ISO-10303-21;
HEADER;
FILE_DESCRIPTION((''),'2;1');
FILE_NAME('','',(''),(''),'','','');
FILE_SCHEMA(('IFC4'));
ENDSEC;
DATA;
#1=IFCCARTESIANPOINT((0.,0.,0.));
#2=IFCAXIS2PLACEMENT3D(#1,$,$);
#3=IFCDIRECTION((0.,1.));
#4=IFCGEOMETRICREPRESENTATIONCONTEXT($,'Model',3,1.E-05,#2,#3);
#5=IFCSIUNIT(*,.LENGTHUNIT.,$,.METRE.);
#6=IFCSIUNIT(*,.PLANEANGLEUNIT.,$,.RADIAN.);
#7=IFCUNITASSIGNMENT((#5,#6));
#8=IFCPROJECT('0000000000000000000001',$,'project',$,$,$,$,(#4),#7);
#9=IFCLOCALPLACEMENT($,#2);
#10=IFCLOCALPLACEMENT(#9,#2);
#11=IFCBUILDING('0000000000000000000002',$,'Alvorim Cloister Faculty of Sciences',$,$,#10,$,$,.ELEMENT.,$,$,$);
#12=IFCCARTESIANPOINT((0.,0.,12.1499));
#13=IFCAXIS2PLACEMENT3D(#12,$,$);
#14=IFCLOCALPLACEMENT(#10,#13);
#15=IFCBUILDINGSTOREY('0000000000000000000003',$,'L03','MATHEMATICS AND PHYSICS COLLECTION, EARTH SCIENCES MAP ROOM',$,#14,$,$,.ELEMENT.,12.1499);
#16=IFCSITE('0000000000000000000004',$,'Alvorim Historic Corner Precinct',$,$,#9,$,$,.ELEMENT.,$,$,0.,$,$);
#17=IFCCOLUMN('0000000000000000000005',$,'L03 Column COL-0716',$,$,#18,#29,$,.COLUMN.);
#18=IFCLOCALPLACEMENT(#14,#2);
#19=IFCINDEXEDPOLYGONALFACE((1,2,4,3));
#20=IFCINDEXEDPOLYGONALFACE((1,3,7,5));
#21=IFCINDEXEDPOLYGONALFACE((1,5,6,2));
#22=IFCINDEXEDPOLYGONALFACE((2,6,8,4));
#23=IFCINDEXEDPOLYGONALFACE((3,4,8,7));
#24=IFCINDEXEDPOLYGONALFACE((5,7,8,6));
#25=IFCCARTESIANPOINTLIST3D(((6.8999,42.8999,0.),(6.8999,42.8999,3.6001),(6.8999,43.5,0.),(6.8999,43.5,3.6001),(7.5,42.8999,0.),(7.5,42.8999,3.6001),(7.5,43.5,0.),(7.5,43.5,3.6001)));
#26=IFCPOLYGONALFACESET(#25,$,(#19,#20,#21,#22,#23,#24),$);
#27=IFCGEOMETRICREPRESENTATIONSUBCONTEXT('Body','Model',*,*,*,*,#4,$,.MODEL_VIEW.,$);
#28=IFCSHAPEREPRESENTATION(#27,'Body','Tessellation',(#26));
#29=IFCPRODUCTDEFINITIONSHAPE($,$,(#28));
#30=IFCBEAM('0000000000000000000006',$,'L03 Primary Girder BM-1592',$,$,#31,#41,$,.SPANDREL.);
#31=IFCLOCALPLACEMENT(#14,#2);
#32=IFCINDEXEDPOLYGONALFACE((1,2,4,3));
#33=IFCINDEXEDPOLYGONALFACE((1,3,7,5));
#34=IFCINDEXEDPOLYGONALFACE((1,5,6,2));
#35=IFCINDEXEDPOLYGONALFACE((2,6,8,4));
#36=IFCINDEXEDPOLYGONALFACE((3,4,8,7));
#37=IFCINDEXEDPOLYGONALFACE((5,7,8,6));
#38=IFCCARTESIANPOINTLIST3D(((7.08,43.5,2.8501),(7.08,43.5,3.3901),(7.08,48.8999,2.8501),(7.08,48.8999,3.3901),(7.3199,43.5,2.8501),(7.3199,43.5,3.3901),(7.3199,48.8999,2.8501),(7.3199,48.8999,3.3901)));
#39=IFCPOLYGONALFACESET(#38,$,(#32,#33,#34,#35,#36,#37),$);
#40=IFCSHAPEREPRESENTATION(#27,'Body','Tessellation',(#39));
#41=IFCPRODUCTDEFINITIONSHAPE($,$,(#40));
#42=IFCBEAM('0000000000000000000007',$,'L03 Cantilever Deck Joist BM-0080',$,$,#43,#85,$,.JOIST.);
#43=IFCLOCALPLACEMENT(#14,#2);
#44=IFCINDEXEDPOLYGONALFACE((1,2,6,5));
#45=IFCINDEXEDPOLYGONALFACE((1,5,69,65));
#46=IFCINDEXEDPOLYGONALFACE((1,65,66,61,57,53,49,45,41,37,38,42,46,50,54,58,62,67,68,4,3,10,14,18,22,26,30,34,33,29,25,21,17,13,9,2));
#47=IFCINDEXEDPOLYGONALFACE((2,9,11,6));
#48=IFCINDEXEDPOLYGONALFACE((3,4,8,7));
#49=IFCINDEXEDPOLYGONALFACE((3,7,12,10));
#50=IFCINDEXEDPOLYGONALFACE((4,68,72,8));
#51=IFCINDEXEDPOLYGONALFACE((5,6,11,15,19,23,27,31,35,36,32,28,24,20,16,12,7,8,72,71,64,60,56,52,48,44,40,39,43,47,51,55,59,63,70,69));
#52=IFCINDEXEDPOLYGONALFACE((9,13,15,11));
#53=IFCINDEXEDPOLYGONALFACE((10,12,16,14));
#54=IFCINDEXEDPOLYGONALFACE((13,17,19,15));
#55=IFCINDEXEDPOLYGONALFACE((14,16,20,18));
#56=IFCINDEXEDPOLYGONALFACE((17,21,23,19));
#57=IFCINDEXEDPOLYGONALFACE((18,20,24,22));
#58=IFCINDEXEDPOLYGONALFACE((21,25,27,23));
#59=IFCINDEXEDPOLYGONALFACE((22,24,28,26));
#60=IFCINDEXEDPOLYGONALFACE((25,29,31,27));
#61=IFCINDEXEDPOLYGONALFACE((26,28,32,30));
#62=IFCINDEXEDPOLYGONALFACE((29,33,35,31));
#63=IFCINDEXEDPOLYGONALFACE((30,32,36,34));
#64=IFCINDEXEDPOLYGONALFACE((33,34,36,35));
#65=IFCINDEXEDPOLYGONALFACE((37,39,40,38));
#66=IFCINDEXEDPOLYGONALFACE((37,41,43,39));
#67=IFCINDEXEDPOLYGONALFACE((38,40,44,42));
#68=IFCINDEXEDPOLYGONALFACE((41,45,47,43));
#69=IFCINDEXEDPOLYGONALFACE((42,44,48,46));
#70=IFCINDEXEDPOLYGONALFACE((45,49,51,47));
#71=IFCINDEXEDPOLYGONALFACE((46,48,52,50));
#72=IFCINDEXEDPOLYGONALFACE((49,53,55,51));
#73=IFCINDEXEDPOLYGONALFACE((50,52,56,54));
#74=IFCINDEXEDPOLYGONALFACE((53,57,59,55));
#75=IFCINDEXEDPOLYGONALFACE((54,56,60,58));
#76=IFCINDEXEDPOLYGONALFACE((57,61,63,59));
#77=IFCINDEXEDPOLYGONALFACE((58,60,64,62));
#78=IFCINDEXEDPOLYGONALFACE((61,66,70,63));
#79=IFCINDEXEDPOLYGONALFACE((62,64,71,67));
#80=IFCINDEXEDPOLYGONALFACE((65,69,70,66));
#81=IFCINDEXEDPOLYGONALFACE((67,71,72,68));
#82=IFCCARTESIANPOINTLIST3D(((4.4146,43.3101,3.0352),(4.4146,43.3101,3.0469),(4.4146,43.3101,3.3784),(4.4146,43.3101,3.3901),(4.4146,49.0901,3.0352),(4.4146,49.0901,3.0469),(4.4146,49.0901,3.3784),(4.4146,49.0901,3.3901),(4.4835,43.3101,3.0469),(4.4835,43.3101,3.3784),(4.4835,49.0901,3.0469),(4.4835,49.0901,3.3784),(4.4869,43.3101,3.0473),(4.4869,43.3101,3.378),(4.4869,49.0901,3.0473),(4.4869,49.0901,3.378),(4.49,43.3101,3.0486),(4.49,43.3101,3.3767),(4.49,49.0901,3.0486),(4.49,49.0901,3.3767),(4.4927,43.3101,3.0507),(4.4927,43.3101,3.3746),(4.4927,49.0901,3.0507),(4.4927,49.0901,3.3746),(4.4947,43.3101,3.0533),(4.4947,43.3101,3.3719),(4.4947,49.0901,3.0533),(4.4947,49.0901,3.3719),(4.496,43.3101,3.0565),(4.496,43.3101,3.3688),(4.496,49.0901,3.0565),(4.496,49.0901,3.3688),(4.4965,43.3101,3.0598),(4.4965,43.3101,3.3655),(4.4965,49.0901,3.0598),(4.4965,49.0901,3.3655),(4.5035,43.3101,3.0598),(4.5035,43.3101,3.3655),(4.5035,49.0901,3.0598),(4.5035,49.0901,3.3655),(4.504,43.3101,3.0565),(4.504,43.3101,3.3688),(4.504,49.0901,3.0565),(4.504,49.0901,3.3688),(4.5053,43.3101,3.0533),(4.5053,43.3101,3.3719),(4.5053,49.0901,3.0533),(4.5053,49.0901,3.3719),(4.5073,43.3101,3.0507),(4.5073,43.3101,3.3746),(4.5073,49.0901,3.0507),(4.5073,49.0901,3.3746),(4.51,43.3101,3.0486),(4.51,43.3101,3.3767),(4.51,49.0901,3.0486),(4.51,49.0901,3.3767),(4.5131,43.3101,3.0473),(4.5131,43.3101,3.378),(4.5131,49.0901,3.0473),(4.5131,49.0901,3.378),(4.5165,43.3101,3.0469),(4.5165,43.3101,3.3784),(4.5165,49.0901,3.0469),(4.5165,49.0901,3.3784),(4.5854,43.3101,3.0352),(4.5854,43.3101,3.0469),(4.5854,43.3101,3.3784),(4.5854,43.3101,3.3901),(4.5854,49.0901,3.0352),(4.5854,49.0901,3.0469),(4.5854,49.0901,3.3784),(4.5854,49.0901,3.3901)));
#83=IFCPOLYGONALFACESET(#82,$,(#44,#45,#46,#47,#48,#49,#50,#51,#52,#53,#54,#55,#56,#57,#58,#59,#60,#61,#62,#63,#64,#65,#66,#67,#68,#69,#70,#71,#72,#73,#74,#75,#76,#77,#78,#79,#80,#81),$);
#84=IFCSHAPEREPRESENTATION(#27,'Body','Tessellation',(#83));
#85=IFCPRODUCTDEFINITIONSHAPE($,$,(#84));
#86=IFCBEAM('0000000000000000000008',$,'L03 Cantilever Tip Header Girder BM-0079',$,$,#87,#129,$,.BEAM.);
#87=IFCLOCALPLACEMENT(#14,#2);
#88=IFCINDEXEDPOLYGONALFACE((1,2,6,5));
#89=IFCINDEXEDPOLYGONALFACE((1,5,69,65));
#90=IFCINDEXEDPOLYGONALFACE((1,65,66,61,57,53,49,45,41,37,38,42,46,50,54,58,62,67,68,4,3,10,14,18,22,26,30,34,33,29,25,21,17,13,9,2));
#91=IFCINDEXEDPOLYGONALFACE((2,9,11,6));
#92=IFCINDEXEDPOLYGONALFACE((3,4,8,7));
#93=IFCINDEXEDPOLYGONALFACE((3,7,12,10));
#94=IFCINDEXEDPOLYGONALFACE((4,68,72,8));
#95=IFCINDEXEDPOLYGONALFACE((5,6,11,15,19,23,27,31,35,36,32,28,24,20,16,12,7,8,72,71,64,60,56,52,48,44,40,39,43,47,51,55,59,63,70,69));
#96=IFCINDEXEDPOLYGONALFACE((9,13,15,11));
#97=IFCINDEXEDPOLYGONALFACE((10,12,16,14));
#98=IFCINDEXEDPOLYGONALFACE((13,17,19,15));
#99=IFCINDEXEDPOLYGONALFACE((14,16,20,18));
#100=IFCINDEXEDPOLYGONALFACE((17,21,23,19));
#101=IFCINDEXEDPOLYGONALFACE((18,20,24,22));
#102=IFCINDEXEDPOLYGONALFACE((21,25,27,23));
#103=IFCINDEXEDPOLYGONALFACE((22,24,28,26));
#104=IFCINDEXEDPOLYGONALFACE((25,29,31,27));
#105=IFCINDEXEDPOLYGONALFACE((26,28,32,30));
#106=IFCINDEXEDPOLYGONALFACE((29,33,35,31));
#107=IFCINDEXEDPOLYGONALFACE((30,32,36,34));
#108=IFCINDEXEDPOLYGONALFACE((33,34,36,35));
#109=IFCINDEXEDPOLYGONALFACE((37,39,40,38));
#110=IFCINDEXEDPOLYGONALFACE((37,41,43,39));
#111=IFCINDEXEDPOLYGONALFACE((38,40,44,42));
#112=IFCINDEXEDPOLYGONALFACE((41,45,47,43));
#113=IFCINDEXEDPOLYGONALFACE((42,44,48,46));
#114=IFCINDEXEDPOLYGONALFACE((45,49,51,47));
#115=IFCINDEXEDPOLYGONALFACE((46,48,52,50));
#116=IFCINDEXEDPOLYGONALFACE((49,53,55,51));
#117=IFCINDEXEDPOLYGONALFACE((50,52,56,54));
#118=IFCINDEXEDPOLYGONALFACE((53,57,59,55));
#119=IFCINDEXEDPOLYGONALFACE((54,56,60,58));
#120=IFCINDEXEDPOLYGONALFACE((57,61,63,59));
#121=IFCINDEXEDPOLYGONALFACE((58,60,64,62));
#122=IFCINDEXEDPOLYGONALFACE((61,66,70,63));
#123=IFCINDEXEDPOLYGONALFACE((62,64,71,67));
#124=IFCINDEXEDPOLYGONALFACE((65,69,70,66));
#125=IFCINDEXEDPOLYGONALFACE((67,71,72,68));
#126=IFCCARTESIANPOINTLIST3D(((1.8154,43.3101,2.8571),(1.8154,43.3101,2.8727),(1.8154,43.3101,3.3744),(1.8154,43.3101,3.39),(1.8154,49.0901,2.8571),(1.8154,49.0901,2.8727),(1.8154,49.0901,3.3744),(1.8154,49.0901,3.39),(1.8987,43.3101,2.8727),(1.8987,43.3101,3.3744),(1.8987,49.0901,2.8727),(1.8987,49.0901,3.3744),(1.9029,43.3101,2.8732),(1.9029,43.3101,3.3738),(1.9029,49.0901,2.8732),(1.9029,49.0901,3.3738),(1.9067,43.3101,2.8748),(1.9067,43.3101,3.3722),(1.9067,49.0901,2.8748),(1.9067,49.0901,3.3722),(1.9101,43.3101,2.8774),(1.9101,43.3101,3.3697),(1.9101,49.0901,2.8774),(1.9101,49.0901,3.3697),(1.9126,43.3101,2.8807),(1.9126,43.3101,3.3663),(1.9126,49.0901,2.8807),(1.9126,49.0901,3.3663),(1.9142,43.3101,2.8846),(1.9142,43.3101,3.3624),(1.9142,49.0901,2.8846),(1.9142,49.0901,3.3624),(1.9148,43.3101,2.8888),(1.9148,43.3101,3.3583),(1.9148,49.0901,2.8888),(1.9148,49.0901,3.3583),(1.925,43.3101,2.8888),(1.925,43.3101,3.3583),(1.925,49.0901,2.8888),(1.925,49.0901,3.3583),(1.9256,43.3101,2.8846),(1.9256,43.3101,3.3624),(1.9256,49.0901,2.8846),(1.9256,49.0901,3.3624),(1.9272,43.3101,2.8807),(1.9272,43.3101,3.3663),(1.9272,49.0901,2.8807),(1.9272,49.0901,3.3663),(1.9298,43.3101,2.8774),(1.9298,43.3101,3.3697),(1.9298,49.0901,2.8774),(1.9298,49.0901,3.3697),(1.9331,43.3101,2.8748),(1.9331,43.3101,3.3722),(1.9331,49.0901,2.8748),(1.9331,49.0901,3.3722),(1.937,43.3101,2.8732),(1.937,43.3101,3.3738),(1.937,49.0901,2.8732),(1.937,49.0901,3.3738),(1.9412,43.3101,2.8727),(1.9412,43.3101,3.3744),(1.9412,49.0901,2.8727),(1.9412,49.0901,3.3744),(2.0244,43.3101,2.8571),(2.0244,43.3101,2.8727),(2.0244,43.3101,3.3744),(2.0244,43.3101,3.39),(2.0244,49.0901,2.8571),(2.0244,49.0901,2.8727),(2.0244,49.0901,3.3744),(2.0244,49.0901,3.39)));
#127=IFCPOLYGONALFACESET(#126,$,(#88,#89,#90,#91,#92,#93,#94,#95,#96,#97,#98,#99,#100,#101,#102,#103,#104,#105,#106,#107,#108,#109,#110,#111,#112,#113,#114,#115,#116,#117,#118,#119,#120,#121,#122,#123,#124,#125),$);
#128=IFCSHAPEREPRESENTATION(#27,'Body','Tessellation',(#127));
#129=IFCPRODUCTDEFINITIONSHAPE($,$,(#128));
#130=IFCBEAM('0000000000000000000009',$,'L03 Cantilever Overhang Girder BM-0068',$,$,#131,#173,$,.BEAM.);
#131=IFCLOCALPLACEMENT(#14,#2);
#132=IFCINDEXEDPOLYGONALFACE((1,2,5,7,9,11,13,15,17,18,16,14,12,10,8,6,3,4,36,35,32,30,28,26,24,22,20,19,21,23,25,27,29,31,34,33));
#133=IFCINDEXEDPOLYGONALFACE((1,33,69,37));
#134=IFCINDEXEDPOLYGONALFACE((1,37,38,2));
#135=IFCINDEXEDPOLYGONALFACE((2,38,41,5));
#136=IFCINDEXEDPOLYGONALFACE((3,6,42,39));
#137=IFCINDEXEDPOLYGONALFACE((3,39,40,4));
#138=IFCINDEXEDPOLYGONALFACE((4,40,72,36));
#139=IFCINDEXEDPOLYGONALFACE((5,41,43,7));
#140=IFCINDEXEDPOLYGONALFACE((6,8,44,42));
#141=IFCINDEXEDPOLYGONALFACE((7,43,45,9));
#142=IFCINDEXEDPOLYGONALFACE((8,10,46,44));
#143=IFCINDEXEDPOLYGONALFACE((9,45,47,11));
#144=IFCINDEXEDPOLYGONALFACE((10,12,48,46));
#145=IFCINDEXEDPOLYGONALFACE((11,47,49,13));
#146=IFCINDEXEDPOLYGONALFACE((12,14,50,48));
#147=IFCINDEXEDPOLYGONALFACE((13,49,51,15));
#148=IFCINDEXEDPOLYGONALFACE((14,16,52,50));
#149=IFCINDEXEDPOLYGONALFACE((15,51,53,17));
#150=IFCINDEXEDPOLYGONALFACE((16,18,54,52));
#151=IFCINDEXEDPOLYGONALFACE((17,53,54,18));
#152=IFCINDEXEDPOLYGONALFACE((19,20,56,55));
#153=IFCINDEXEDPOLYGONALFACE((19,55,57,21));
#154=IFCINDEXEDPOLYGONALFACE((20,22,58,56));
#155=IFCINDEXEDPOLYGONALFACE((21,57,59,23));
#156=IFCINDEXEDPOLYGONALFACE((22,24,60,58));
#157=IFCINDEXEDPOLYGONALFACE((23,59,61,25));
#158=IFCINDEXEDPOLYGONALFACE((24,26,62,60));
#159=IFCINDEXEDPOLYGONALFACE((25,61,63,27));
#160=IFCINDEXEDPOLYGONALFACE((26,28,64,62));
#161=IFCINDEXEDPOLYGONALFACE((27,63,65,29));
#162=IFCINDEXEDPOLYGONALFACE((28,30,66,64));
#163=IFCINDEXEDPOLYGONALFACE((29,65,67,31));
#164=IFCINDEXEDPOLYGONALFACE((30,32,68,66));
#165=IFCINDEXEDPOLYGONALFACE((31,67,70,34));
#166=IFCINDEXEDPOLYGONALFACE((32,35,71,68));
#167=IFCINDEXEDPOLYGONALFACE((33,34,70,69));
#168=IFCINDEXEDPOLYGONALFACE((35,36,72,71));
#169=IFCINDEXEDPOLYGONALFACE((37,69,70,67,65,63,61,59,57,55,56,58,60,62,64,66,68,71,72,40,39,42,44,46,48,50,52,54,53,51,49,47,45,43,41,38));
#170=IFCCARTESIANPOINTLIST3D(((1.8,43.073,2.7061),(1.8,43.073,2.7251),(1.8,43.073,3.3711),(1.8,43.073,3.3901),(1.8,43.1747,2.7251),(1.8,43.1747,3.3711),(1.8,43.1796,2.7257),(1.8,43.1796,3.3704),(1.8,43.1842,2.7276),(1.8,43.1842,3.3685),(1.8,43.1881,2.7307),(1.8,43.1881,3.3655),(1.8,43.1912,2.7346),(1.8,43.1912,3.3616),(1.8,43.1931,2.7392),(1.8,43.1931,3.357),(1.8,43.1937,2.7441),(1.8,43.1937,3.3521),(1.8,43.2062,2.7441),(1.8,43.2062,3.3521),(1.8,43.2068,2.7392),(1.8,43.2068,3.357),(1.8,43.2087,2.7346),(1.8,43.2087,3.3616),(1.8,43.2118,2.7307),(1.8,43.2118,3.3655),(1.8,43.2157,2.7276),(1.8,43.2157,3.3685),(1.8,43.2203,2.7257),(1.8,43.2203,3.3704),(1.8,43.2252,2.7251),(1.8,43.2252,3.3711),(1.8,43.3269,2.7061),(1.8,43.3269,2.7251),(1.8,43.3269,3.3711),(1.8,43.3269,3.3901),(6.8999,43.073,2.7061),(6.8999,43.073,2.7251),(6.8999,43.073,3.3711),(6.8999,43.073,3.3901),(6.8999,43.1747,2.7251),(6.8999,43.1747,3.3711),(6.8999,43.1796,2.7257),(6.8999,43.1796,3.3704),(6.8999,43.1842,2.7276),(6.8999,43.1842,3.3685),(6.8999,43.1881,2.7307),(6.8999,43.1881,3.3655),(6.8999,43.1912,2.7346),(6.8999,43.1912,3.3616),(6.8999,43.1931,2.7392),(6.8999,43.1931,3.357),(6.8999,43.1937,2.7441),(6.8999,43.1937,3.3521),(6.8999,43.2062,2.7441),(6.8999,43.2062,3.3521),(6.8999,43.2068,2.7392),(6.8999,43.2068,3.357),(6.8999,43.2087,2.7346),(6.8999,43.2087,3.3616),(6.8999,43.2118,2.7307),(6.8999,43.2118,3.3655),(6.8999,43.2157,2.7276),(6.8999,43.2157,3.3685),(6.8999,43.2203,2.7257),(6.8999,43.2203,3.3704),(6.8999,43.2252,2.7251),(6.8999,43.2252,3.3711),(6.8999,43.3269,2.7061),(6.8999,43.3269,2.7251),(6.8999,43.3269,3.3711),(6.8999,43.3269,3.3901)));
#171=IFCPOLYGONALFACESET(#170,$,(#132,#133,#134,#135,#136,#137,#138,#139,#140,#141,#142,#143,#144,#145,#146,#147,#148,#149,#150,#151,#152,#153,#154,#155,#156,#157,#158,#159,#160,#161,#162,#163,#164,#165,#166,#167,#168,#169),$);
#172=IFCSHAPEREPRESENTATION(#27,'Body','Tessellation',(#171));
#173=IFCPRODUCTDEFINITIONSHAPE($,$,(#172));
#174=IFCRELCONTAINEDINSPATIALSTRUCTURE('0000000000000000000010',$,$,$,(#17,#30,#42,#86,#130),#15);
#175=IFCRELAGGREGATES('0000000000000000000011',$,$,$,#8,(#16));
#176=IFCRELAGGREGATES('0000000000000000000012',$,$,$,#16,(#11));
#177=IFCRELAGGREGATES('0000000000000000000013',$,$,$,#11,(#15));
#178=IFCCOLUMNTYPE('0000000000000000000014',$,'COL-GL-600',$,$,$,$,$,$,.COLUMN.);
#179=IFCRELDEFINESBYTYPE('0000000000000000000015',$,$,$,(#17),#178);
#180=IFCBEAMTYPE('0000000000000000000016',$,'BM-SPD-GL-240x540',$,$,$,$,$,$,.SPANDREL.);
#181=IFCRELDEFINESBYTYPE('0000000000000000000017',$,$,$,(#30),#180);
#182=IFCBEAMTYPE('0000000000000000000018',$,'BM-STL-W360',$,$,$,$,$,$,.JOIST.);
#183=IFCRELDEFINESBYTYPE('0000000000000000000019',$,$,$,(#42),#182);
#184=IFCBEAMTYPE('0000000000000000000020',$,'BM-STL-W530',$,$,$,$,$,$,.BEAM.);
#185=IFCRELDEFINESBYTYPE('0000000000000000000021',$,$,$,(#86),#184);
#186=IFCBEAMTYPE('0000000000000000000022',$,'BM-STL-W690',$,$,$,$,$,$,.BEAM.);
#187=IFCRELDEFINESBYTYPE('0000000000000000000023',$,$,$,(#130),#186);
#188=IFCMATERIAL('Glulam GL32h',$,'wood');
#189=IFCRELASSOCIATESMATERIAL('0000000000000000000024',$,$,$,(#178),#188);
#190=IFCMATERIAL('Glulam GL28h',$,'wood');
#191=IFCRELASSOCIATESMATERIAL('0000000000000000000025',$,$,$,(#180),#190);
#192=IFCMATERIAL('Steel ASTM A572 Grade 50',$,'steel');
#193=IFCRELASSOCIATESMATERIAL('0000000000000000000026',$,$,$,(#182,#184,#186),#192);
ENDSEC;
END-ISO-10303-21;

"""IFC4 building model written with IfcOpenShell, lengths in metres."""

from ifc_helpers import new_model, si_unit, direction, frame, origin, origin_2d, place, context, subcontext, project, spatial, rectangle, i_section, extrude, material, material_profile, profile_set, type_object, element, save


model = new_model("IFC4")

# Units and contexts
model_context = context("Model", 3, precision=1e-05, world=origin(), true_north=direction((0.0, 1.0)))
body_context = subcontext(model_context, "Body", "Model", "MODEL_VIEW")
ifc_project = project(units=[si_unit("LENGTHUNIT", "METRE"), si_unit("PLANEANGLEUNIT", "RADIAN")], contexts=[model_context])

# Site, building, storey
site_placement = place(None, origin())
site = spatial("IfcSite", under=ifc_project, at=site_placement, Name="Alvorim Historic Corner Precinct", CompositionType="ELEMENT", RefElevation=0.0)
building_placement = place(site_placement, origin())
building = spatial("IfcBuilding", under=site, at=building_placement, Name="Alvorim Cloister Faculty of Sciences", CompositionType="ELEMENT")
storey_placement = place(building_placement, frame((0.0, 0.0, 12.1499)))
storey = spatial("IfcBuildingStorey", under=building, at=storey_placement, Name="L03", Description="MATHEMATICS AND PHYSICS COLLECTION, EARTH SCIENCES MAP ROOM", CompositionType="ELEMENT", Elevation=12.1499)

# Column
ifc_material_1 = material(Name="Glulam GL32h", Category="wood")
ifc_material_profile_1 = material_profile(ifc_material_1, rectangle(XDim=0.6001, YDim=0.6001, at=origin_2d()), Name="GL32-COL-600x600")
ifc_profile_set_1 = profile_set([ifc_material_profile_1], Name="Glulam GL32h")
column_type = type_object("IfcColumnType", Name="COL-GL-600", PredefinedType="COLUMN", material=ifc_profile_set_1)
column_placement = place(storey_placement, frame((7.2, 43.2, 0.0), z_axis=(0.0, 0.0, 1.0), x_axis=(1.0, 0.0, 0.0)))
element("IfcColumn", 1, at=column_placement, inside=storey, type_object=column_type, Name="L03 Column COL-0716", PredefinedType="COLUMN", context=body_context, shape_type="SweptSolid", body=[
    extrude(rectangle(XDim=0.6001, YDim=0.6001, at=origin_2d()), origin(), (0.0, 0.0, 1.0), 3.6001),
])

# Beams
ifc_material_2 = material(Name="Glulam GL28h", Category="wood")
ifc_material_profile_2 = material_profile(ifc_material_2, rectangle(XDim=0.24, YDim=0.54, at=origin_2d()), Name="GL28-SPD-240x540")
ifc_profile_set_2 = profile_set([ifc_material_profile_2], Name="Glulam GL28h")
beam_type_1 = type_object("IfcBeamType", Name="BM-SPD-GL-240x540", PredefinedType="SPANDREL", material=ifc_profile_set_2)
beam_1_placement = place(storey_placement, frame((7.2, 43.5, 3.1201), z_axis=(0.0, 1.0, 0.0), x_axis=(-1.0, 0.0, 0.0)))
element("IfcBeam", 2, at=beam_1_placement, inside=storey, type_object=beam_type_1, Name="L03 Primary Girder BM-1592", PredefinedType="SPANDREL", context=body_context, shape_type="SweptSolid", body=[
    extrude(rectangle(XDim=0.24, YDim=0.54, at=origin_2d()), origin(), (0.0, 0.0, 1.0), 5.3999),
])
ifc_material_3 = material(Name="Steel ASTM A572 Grade 50", Category="steel")
ifc_material_profile_3 = material_profile(ifc_material_3, i_section(OverallWidth=0.1709, OverallDepth=0.355, WebThickness=0.0071, FlangeThickness=0.0117, FilletRadius=0.0129, at=origin_2d()), Name="W360x51.0")
ifc_profile_set_3 = profile_set([ifc_material_profile_3], Name="Steel ASTM A572 Grade 50")
beam_type_2 = type_object("IfcBeamType", Name="BM-STL-W360", PredefinedType="JOIST", material=ifc_profile_set_3)
beam_2_placement = place(storey_placement, frame((4.5, 43.3101, 3.2126), z_axis=(0.0, 1.0, 0.0), x_axis=(-1.0, 0.0, 0.0)))
element("IfcBeam", 3, at=beam_2_placement, inside=storey, type_object=beam_type_2, Name="L03 Cantilever Deck Joist BM-0080", PredefinedType="JOIST", context=body_context, shape_type="SweptSolid", body=[
    extrude(i_section(OverallWidth=0.1709, OverallDepth=0.355, WebThickness=0.0071, FlangeThickness=0.0117, FilletRadius=0.0129, at=origin_2d()), origin(), (0.0, 0.0, 1.0), 5.78),
])
ifc_material_profile_4 = material_profile(ifc_material_3, i_section(OverallWidth=0.209, OverallDepth=0.533, WebThickness=0.0103, FlangeThickness=0.0156, FilletRadius=0.0161, at=origin_2d()), Name="W530x92.0")
ifc_profile_set_4 = profile_set([ifc_material_profile_4], Name="Steel ASTM A572 Grade 50")
beam_type_3 = type_object("IfcBeamType", Name="BM-STL-W530", PredefinedType="BEAM", material=ifc_profile_set_4)
beam_3_placement = place(storey_placement, frame((1.9199, 43.3101, 3.1235), z_axis=(0.0, 1.0, 0.0), x_axis=(-1.0, 0.0, 0.0)))
element("IfcBeam", 4, at=beam_3_placement, inside=storey, type_object=beam_type_3, Name="L03 Cantilever Tip Header Girder BM-0079", PredefinedType="BEAM", context=body_context, shape_type="SweptSolid", body=[
    extrude(i_section(OverallWidth=0.209, OverallDepth=0.533, WebThickness=0.0103, FlangeThickness=0.0156, FilletRadius=0.0161, at=origin_2d()), origin(), (0.0, 0.0, 1.0), 5.78),
])
ifc_material_profile_5 = material_profile(ifc_material_3, i_section(OverallWidth=0.2539, OverallDepth=0.6841, WebThickness=0.0125, FlangeThickness=0.019, FilletRadius=0.019, at=origin_2d()), Name="W690x140.0")
ifc_profile_set_5 = profile_set([ifc_material_profile_5], Name="Steel ASTM A572 Grade 50")
beam_type_4 = type_object("IfcBeamType", Name="BM-STL-W690", PredefinedType="BEAM", material=ifc_profile_set_5)
beam_4_placement = place(storey_placement, frame((1.8, 43.2, 3.0481), z_axis=(1.0, 0.0, 0.0), x_axis=(0.0, 1.0, 0.0)))
element("IfcBeam", 5, at=beam_4_placement, inside=storey, type_object=beam_type_4, Name="L03 Cantilever Overhang Girder BM-0068", PredefinedType="BEAM", context=body_context, shape_type="SweptSolid", body=[
    extrude(i_section(OverallWidth=0.2539, OverallDepth=0.6841, WebThickness=0.0125, FlangeThickness=0.019, FilletRadius=0.019, at=origin_2d()), origin(), (0.0, 0.0, 1.0), 5.0999),
])

save(model, "model.ifc")
